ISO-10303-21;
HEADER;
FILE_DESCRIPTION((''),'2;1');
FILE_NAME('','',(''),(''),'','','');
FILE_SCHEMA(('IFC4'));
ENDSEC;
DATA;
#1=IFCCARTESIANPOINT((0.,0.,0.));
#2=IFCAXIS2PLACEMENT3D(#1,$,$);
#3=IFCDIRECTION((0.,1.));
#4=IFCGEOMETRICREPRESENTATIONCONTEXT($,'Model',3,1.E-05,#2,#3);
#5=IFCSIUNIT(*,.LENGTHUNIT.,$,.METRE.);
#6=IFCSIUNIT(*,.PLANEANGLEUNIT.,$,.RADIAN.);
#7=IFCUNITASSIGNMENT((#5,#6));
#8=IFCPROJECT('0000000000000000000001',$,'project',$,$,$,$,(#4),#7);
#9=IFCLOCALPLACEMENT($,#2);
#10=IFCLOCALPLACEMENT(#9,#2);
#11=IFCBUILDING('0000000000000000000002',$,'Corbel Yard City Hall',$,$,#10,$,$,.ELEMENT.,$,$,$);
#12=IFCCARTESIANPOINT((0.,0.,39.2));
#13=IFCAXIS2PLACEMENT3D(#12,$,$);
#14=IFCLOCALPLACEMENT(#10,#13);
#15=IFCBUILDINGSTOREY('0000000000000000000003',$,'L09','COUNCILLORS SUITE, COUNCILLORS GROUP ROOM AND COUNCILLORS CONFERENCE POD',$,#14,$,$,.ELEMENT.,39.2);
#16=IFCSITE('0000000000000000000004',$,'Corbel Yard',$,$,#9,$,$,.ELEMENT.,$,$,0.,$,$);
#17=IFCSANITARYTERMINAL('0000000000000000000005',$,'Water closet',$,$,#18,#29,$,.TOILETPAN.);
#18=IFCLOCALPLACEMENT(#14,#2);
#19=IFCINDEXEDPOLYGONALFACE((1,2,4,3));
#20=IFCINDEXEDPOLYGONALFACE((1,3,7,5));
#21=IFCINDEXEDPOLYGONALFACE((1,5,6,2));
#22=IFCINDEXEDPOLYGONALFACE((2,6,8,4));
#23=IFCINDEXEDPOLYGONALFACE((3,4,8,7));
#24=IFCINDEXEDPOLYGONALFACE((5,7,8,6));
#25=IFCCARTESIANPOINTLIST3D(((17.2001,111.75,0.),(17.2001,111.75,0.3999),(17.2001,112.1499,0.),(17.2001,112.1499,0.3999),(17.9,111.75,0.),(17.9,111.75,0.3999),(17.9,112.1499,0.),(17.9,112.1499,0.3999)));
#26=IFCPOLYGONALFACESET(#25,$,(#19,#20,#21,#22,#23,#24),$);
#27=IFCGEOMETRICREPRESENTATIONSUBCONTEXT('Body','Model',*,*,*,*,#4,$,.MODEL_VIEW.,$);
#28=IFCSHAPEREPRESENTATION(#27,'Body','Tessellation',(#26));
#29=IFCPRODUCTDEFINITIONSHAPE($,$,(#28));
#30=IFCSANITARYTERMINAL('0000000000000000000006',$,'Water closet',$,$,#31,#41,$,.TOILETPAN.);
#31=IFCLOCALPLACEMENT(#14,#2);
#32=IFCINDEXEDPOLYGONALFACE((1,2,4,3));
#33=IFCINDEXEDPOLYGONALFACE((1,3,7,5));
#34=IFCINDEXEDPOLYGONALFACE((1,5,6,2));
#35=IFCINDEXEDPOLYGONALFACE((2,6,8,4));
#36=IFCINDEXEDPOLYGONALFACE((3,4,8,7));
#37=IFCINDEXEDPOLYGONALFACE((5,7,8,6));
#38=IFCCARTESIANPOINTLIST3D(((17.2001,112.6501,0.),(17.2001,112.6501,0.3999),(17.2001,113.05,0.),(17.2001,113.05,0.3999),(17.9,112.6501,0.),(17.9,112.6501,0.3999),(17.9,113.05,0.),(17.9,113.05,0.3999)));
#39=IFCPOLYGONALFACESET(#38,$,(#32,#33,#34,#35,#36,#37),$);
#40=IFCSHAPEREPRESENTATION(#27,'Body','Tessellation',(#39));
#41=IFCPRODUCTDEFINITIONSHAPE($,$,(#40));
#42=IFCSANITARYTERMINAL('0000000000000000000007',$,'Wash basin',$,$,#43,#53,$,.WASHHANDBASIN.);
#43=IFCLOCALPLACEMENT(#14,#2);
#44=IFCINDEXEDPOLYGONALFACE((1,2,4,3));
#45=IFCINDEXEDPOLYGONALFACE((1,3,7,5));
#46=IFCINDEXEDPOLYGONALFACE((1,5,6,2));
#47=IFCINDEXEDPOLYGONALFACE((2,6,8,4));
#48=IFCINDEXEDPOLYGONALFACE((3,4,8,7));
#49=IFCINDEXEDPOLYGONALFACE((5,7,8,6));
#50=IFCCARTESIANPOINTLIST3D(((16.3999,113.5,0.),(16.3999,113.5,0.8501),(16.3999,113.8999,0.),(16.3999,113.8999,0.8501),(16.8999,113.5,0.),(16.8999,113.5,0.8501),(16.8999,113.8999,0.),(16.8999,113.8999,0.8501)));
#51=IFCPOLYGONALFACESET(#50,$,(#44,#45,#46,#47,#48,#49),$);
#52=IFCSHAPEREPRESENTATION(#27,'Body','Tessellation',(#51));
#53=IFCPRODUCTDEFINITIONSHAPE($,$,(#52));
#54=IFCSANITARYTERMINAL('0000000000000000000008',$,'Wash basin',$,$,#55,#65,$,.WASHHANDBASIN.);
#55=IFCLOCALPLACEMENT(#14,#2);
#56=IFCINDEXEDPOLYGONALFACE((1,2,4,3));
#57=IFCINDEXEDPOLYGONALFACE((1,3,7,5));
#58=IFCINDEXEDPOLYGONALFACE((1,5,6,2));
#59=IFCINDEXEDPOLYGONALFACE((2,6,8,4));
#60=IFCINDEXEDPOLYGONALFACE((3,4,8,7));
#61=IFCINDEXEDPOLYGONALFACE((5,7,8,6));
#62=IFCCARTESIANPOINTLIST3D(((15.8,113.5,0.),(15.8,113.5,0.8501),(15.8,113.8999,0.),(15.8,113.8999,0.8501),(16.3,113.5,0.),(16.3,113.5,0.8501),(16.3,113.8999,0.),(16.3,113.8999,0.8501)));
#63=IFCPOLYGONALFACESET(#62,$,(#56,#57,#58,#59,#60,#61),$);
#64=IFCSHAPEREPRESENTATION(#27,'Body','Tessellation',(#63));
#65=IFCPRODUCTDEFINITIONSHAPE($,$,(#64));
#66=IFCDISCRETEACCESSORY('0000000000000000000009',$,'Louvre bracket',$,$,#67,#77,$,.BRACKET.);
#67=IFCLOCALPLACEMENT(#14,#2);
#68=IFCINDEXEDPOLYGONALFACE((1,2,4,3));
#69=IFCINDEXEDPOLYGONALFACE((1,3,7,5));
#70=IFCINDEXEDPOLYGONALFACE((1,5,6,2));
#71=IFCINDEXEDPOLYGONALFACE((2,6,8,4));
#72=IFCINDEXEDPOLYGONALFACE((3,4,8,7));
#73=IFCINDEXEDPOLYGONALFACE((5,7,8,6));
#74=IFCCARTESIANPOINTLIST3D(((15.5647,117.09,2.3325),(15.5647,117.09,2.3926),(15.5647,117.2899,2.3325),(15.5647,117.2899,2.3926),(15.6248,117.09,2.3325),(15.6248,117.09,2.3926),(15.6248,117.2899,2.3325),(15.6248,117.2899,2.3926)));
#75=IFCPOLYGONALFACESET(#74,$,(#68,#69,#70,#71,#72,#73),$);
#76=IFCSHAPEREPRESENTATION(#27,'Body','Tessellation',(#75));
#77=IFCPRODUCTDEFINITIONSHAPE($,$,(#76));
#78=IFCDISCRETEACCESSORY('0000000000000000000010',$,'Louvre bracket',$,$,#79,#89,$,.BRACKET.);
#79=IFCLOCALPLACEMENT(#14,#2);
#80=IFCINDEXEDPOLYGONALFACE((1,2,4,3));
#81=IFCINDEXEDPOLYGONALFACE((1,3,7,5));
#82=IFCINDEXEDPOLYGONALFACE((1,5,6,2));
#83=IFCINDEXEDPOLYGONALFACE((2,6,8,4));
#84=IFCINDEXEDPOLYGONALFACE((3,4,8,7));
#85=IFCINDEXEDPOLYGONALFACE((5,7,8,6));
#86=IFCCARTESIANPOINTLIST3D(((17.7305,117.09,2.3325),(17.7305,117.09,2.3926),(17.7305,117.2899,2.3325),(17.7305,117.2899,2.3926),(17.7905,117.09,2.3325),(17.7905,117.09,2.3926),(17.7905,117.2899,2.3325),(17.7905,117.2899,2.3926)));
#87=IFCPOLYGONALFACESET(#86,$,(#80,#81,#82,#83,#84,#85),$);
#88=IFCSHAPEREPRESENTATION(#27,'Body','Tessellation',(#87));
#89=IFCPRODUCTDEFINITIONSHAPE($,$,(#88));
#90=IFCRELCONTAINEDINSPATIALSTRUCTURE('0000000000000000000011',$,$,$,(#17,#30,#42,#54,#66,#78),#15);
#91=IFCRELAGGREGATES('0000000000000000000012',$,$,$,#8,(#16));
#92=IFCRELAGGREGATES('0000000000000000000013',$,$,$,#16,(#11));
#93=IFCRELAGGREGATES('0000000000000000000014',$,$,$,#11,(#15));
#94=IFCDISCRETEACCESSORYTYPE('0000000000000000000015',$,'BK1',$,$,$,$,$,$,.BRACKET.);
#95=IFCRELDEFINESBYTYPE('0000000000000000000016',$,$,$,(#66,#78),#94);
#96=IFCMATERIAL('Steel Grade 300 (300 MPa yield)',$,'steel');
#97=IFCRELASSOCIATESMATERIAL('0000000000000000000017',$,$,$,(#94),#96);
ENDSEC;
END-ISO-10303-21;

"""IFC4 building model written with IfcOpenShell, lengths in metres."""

from ifc_helpers import new_model, si_unit, direction, frame, origin, origin_2d, place, context, subcontext, project, spatial, rectangle, extrude, material, type_object, element, save


model = new_model("IFC4")

# Units and contexts
model_context = context("Model", 3, precision=1e-05, world=origin(), true_north=direction((0.0, 1.0)))
body_context = subcontext(model_context, "Body", "Model", "MODEL_VIEW")
ifc_project = project(units=[si_unit("LENGTHUNIT", "METRE"), si_unit("PLANEANGLEUNIT", "RADIAN")], contexts=[model_context])

# Site, building, storey
site_placement = place(None, origin())
site = spatial("IfcSite", under=ifc_project, at=site_placement, Name="Corbel Yard", CompositionType="ELEMENT", RefElevation=0.0)
building_placement = place(site_placement, origin())
building = spatial("IfcBuilding", under=site, at=building_placement, Name="Corbel Yard City Hall", CompositionType="ELEMENT")
storey_placement = place(building_placement, frame((0.0, 0.0, 39.2)))
storey = spatial("IfcBuildingStorey", under=building, at=storey_placement, Name="L09", Description="COUNCILLORS SUITE, COUNCILLORS GROUP ROOM AND COUNCILLORS CONFERENCE POD", CompositionType="ELEMENT", Elevation=39.2)

# Shared definitions
ifc_material_1 = material(Name="Steel Grade 300 (300 MPa yield)", Category="steel")

# Sanitary terminals
for number, where, z_axis, x_axis, name in (
    (1, (17.55, 111.95, 0.0), (0.0, 0.0, 1.0), (1.0, 0.0, 0.0), "Water closet"),
    (2, (17.55, 112.8501, 0.0), (0.0, 0.0, 1.0), (1.0, 0.0, 0.0), "Water closet"),
):
    element("IfcSanitaryTerminal", number, at=place(storey_placement, frame(where, z_axis=z_axis, x_axis=x_axis)), inside=storey, Name=name, PredefinedType="TOILETPAN", context=body_context, shape_type="SweptSolid", body=[
        extrude(rectangle(XDim=0.7, YDim=0.3999, at=origin_2d()), origin(), (0.0, 0.0, 1.0), 0.3999),
    ])
for number, where, z_axis, x_axis, name in (
    (3, (16.6499, 113.7, 0.0), (0.0, 0.0, 1.0), (1.0, 0.0, 0.0), "Wash basin"),
    (4, (16.05, 113.7, 0.0), (0.0, 0.0, 1.0), (1.0, 0.0, 0.0), "Wash basin"),
):
    element("IfcSanitaryTerminal", number, at=place(storey_placement, frame(where, z_axis=z_axis, x_axis=x_axis)), inside=storey, Name=name, PredefinedType="WASHHANDBASIN", context=body_context, shape_type="SweptSolid", body=[
        extrude(rectangle(XDim=0.5, YDim=0.3999, at=origin_2d()), origin(), (0.0, 0.0, 1.0), 0.8501),
    ])

# Discrete accessories
discrete_accessory_type = type_object("IfcDiscreteAccessoryType", Name="BK1", PredefinedType="BRACKET", material=ifc_material_1)
for number, where, z_axis, x_axis, name in (
    (5, (15.5947, 117.1899, 2.3325), (0.0, 0.0, 1.0), (1.0, 0.0, 0.0), "Louvre bracket"),
    (6, (17.7605, 117.1899, 2.3325), (0.0, 0.0, 1.0), (1.0, 0.0, 0.0), "Louvre bracket"),
):
    element("IfcDiscreteAccessory", number, at=place(storey_placement, frame(where, z_axis=z_axis, x_axis=x_axis)), inside=storey, type_object=discrete_accessory_type, Name=name, PredefinedType="BRACKET", context=body_context, shape_type="SweptSolid", body=[
        extrude(rectangle(XDim=0.0601, YDim=0.2, at=origin_2d()), origin(), (0.0, 0.0, 1.0), 0.0601),
    ])

save(model, "model.ifc")
